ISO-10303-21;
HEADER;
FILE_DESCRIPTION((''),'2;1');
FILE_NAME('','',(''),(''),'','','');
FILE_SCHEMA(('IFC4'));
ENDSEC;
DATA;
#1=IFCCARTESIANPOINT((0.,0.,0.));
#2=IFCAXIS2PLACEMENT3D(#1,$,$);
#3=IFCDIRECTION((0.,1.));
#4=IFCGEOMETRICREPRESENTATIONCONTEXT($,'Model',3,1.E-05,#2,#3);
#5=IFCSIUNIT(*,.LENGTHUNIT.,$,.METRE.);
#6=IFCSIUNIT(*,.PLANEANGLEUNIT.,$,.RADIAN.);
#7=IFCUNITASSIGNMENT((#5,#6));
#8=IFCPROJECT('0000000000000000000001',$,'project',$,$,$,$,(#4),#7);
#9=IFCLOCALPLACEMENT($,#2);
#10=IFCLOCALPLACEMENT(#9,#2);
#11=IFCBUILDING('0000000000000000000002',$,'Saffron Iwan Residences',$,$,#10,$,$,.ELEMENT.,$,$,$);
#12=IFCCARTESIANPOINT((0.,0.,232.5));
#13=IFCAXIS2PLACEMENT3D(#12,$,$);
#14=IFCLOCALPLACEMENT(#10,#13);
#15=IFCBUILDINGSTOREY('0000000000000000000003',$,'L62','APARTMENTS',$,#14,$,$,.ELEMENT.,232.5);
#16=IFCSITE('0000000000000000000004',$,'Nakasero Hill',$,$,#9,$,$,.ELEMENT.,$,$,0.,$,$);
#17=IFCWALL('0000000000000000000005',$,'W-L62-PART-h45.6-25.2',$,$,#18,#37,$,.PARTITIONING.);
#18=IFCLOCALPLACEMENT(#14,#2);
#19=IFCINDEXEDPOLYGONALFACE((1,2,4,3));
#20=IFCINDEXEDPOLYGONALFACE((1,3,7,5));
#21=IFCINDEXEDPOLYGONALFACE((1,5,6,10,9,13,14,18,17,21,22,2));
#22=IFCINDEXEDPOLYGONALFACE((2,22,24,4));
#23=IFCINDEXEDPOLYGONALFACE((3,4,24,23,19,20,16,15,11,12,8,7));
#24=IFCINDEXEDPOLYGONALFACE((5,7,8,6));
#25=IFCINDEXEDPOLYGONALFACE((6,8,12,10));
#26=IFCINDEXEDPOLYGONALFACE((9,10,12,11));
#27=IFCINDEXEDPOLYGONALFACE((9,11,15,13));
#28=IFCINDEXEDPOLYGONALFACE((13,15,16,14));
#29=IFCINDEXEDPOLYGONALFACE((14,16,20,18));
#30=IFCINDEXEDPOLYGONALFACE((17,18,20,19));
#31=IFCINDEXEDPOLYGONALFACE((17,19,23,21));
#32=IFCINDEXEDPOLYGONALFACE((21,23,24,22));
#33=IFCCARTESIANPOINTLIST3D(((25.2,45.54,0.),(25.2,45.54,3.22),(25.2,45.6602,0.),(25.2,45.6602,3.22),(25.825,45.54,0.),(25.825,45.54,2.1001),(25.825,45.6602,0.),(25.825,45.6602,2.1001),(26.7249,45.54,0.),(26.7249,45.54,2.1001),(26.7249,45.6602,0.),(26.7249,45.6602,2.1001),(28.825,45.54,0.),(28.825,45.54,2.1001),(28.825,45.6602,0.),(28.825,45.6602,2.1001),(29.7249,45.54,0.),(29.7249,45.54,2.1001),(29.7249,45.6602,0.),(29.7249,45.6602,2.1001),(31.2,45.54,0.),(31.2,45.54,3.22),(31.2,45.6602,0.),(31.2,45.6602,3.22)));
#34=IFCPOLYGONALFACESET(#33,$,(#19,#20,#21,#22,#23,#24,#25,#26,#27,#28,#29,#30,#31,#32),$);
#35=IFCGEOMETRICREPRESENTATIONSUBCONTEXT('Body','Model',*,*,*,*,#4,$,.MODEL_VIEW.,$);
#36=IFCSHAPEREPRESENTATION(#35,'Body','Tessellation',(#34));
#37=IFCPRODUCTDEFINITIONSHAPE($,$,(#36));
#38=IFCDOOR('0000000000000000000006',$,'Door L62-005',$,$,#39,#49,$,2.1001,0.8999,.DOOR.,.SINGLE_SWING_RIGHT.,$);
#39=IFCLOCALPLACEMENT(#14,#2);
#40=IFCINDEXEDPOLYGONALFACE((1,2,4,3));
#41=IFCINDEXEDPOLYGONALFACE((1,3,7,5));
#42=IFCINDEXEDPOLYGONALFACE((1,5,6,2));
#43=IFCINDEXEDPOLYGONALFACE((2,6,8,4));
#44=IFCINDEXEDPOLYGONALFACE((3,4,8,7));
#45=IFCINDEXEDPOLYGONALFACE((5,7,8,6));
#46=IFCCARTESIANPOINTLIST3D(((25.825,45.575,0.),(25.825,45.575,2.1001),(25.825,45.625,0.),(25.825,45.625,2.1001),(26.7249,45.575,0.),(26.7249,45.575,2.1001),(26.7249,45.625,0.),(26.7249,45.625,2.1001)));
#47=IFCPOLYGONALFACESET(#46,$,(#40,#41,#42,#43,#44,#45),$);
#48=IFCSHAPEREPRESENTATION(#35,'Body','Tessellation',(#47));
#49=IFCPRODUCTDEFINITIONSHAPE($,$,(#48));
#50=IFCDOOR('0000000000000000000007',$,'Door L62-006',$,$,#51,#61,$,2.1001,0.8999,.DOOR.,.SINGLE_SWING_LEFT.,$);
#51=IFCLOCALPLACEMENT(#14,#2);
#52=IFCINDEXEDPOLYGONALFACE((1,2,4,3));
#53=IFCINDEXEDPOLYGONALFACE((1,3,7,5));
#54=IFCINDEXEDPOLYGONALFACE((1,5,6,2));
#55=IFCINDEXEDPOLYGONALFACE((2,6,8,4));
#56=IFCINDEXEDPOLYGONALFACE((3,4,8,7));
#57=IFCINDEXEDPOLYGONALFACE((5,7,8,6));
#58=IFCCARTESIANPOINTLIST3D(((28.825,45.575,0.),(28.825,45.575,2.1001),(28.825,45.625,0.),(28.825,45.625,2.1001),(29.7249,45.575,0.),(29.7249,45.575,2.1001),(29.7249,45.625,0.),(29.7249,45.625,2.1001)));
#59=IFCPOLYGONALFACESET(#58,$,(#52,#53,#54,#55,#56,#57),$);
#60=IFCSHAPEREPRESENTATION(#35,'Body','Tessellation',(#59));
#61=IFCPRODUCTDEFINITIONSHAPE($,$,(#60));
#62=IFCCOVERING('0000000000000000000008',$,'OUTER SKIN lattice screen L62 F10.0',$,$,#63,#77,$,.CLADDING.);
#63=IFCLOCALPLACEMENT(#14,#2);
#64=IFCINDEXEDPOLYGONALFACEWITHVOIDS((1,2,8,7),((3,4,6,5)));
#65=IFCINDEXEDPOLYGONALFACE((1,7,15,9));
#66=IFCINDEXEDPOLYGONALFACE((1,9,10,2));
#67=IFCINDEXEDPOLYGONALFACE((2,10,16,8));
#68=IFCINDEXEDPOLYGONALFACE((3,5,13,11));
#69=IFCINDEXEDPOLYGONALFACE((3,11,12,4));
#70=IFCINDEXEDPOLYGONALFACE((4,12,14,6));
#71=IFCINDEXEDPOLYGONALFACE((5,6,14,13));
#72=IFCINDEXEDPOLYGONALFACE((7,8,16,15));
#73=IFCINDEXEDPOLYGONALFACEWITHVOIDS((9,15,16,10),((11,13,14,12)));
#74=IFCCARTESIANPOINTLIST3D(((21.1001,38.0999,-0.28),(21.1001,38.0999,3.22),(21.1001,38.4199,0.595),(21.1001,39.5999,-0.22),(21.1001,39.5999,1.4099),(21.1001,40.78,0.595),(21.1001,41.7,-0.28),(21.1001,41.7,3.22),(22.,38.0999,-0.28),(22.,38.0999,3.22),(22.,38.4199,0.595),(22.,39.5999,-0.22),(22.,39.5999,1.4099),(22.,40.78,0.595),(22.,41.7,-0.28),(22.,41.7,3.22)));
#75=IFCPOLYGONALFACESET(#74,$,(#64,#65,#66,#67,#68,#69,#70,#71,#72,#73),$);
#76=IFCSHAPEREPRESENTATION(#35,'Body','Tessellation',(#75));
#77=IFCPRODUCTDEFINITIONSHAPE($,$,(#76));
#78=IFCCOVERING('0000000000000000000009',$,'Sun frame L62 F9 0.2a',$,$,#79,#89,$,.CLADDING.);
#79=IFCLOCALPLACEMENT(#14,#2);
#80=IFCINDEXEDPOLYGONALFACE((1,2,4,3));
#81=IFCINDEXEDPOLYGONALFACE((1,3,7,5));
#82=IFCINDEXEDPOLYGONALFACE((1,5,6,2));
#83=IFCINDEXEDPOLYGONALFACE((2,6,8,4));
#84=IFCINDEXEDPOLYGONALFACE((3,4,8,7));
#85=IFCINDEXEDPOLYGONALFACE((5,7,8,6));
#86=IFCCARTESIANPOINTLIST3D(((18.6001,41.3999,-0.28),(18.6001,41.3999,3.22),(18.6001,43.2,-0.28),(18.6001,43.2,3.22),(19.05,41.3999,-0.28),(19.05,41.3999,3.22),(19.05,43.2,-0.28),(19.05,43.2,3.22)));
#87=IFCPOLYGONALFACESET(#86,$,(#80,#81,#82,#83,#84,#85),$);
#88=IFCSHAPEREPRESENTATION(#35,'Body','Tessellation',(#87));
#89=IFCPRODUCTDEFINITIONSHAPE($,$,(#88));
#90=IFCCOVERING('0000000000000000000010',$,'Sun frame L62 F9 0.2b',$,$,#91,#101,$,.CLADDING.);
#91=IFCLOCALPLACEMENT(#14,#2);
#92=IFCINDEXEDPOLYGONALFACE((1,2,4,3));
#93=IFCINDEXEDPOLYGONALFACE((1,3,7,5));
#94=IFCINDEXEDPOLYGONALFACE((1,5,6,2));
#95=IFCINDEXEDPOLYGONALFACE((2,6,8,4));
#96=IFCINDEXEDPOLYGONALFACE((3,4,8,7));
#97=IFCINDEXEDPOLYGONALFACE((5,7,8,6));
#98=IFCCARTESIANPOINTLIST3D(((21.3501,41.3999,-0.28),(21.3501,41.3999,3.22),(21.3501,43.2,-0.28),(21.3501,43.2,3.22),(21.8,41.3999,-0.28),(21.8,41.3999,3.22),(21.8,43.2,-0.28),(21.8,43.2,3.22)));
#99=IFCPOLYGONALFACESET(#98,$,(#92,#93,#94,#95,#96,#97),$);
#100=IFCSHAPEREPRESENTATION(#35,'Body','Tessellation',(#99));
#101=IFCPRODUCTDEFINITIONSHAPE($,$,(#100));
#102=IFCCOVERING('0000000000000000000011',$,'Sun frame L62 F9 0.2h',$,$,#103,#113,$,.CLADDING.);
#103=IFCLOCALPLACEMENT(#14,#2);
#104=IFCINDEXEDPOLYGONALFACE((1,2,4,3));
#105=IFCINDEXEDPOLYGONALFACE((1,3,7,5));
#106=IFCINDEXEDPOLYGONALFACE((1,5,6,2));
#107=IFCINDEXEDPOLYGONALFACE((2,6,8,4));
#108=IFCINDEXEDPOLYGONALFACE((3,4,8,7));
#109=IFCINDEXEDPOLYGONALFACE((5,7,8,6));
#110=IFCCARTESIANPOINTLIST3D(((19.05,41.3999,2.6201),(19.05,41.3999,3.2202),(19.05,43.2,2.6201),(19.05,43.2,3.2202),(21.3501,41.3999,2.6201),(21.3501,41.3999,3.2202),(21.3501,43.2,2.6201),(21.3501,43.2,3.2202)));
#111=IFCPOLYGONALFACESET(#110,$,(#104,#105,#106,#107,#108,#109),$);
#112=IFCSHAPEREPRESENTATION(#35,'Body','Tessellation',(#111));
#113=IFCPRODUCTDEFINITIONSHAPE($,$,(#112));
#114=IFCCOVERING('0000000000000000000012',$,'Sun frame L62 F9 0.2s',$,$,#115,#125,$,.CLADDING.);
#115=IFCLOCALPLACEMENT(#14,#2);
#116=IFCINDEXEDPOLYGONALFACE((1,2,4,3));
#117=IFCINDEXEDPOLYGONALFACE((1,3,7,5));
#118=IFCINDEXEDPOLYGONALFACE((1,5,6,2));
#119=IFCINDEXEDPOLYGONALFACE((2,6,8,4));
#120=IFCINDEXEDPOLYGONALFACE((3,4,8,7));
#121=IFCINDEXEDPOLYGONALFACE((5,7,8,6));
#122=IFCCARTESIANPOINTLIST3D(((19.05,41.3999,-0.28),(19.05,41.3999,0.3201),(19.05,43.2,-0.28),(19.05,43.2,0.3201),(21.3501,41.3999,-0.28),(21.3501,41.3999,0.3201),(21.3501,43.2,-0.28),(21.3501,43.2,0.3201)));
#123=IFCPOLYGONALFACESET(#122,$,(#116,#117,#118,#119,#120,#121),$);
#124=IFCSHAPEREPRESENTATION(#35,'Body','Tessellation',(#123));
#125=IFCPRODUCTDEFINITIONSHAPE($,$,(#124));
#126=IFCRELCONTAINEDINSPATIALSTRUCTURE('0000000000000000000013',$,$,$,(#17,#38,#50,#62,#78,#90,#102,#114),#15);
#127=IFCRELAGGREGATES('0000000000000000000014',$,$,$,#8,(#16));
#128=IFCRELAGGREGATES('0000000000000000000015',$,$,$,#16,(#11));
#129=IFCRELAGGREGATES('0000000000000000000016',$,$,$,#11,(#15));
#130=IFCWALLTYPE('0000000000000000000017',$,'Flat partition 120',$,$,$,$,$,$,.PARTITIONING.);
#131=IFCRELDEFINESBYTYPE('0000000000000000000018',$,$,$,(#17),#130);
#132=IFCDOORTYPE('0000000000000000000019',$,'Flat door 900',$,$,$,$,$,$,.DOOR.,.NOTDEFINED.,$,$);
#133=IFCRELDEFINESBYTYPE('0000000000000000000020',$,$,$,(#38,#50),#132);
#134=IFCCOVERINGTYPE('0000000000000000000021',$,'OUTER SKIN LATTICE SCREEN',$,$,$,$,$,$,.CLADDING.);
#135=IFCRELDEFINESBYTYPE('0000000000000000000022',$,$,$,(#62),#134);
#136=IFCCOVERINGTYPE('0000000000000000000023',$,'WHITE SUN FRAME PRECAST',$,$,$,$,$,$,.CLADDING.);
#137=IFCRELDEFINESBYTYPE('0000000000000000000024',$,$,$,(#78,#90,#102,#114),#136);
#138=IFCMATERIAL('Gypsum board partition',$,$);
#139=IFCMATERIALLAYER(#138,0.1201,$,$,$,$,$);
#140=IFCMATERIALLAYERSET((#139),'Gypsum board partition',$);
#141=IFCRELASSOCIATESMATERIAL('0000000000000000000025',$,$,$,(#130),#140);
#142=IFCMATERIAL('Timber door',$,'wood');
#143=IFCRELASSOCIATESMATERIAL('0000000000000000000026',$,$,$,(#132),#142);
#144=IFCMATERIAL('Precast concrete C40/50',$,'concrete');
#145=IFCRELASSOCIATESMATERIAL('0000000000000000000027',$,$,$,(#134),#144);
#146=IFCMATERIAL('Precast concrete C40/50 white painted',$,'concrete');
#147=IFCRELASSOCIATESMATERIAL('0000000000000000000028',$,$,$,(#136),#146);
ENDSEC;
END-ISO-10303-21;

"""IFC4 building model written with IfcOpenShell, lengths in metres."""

from ifc_helpers import new_model, si_unit, direction, frame, frame_2d, origin, place, context, subcontext, project, spatial, polyline, rectangle, outline, extrude, material, layer, layer_set, type_object, element, fill, save


model = new_model("IFC4")

# Units and contexts
model_context = context("Model", 3, precision=1e-05, world=origin(), true_north=direction((0.0, 1.0)))
body_context = subcontext(model_context, "Body", "Model", "MODEL_VIEW")
ifc_project = project(units=[si_unit("LENGTHUNIT", "METRE"), si_unit("PLANEANGLEUNIT", "RADIAN")], contexts=[model_context])

# Site, building, storey
site_placement = place(None, origin())
site = spatial("IfcSite", under=ifc_project, at=site_placement, Name="Nakasero Hill", CompositionType="ELEMENT", RefElevation=0.0)
building_placement = place(site_placement, origin())
building = spatial("IfcBuilding", under=site, at=building_placement, Name="Saffron Iwan Residences", CompositionType="ELEMENT")
storey_placement = place(building_placement, frame((0.0, 0.0, 232.5)))
storey = spatial("IfcBuildingStorey", under=building, at=storey_placement, Name="L62", Description="APARTMENTS", CompositionType="ELEMENT", Elevation=232.5)

# Wall, openings, doors
ifc_material_1 = material(Name="Gypsum board partition")
ifc_layer_1 = layer(ifc_material_1, 0.1201)
ifc_layer_set_1 = layer_set([ifc_layer_1], Name="Gypsum board partition")
wall_type_1 = type_object("IfcWallType", Name="Flat partition 120", PredefinedType="PARTITIONING", material=ifc_layer_set_1)
ifc_material_2 = material(Name="Timber door", Category="wood")
door_type = type_object("IfcDoorType", Name="Flat door 900", OperationType="NOTDEFINED", PredefinedType="DOOR", material=ifc_material_2)
wall_1_placement = place(storey_placement, frame((25.2, 45.6001, 0.0), z_axis=(0.0, 0.0, 1.0), x_axis=(1.0, 0.0, 0.0)))
wall_1 = element("IfcWall", 1, at=wall_1_placement, inside=storey, type_object=wall_type_1, Name="W-L62-PART-h45.6-25.2", PredefinedType="PARTITIONING", context=body_context, shape_type="SweptSolid", body=[
    extrude(rectangle(XDim=6.0, YDim=0.1201, at=frame_2d((3.0, 0.0))), origin(), (0.0, 0.0, 1.0), 3.22),
])
opening_1_placement = place(wall_1_placement, frame((0.625, 0.0, 0.0)))
opening_1 = element("IfcOpeningElement", 2, at=opening_1_placement, cuts=wall_1, PredefinedType="OPENING", context=body_context, shape_type="SweptSolid", body=[
    extrude(rectangle(XDim=0.8999, YDim=2.1001, at=frame_2d((0.45, 1.05))), frame((0.0, 0.0701, 0.0), z_axis=(0.0, -1.0, 0.0), x_axis=(1.0, 0.0, 0.0)), (0.0, 0.0, 1.0), 0.1401),
])
opening_2_placement = place(wall_1_placement, frame((3.625, 0.0, 0.0)))
opening_2 = element("IfcOpeningElement", 3, at=opening_2_placement, cuts=wall_1, PredefinedType="OPENING", context=body_context, shape_type="SweptSolid", body=[
    extrude(rectangle(XDim=0.8999, YDim=2.1001, at=frame_2d((0.45, 1.05))), frame((0.0, 0.0701, 0.0), z_axis=(0.0, -1.0, 0.0), x_axis=(1.0, 0.0, 0.0)), (0.0, 0.0, 1.0), 0.1401),
])
door_1_placement = place(opening_1_placement, origin())
door_1 = element("IfcDoor", 4, at=door_1_placement, inside=storey, type_object=door_type, Name="Door L62-005", OperationType="SINGLE_SWING_RIGHT", OverallHeight=2.1001, OverallWidth=0.8999, PredefinedType="DOOR", context=body_context, shape_type="SweptSolid", body=[
    extrude(rectangle(XDim=0.8999, YDim=2.1001, at=frame_2d((0.45, 1.05))), frame((0.0, 0.0249, 0.0), z_axis=(0.0, -1.0, 0.0), x_axis=(1.0, 0.0, 0.0)), (0.0, 0.0, 1.0), 0.05),
])
fill(opening_1, door_1)
door_2_placement = place(opening_2_placement, origin())
door_2 = element("IfcDoor", 5, at=door_2_placement, inside=storey, type_object=door_type, Name="Door L62-006", OperationType="SINGLE_SWING_LEFT", OverallHeight=2.1001, OverallWidth=0.8999, PredefinedType="DOOR", context=body_context, shape_type="SweptSolid", body=[
    extrude(rectangle(XDim=0.8999, YDim=2.1001, at=frame_2d((0.45, 1.05))), frame((0.0, 0.0249, 0.0), z_axis=(0.0, -1.0, 0.0), x_axis=(1.0, 0.0, 0.0)), (0.0, 0.0, 1.0), 0.05),
])
fill(opening_2, door_2)

# Coverings
ifc_material_3 = material(Name="Precast concrete C40/50", Category="concrete")
covering_type_1 = type_object("IfcCoveringType", Name="OUTER SKIN LATTICE SCREEN", PredefinedType="CLADDING", material=ifc_material_3)
covering_placement = place(storey_placement, frame((22.0, 41.7, -0.28), z_axis=(-1.0, 0.0, 0.0), x_axis=(0.0, -1.0, 0.0)))
element("IfcCovering", 6, at=covering_placement, inside=storey, type_object=covering_type_1, Name="OUTER SKIN lattice screen L62 F10.0", PredefinedType="CLADDING", context=body_context, shape_type="SweptSolid", body=[
    extrude(outline(polyline([(0.0, 0.0), (3.6001, 0.0), (3.6001, 3.5), (0.0, 3.5), (0.0, 0.0)]), holes=[polyline([(0.9199, 0.875), (2.1001, 0.0601), (3.28, 0.875), (2.1001, 1.6899), (0.9199, 0.875)])]), origin(), (0.0, 0.0, 1.0), 0.8999),
])
ifc_material_4 = material(Name="Precast concrete C40/50 white painted", Category="concrete")
covering_type_2 = type_object("IfcCoveringType", Name="WHITE SUN FRAME PRECAST", PredefinedType="CLADDING", material=ifc_material_4)
for number, where, z_axis, x_axis, name in (
    (7, (18.6001, 43.2, -0.28), (0.0, -1.0, 0.0), (1.0, 0.0, 0.0), "Sun frame L62 F9 0.2a"),
    (8, (21.3501, 43.2, -0.28), (0.0, -1.0, 0.0), (1.0, 0.0, 0.0), "Sun frame L62 F9 0.2b"),
):
    element("IfcCovering", number, at=place(storey_placement, frame(where, z_axis=z_axis, x_axis=x_axis)), inside=storey, type_object=covering_type_2, Name=name, PredefinedType="CLADDING", context=body_context, shape_type="SweptSolid", body=[
        extrude(outline(polyline([(0.0, 0.0), (0.45, 0.0), (0.45, 3.5), (0.0, 3.5), (0.0, 0.0)])), origin(), (0.0, 0.0, 1.0), 1.8),
    ])
for number, where, z_axis, x_axis, name in (
    (9, (19.05, 43.2, 2.6201), (0.0, -1.0, 0.0), (1.0, 0.0, 0.0), "Sun frame L62 F9 0.2h"),
    (10, (19.05, 43.2, -0.28), (0.0, -1.0, 0.0), (1.0, 0.0, 0.0), "Sun frame L62 F9 0.2s"),
):
    element("IfcCovering", number, at=place(storey_placement, frame(where, z_axis=z_axis, x_axis=x_axis)), inside=storey, type_object=covering_type_2, Name=name, PredefinedType="CLADDING", context=body_context, shape_type="SweptSolid", body=[
        extrude(outline(polyline([(0.0, 0.0), (2.3, 0.0), (2.3, 0.6001), (0.0, 0.6001), (0.0, 0.0)])), origin(), (0.0, 0.0, 1.0), 1.8),
    ])

save(model, "model.ifc")
